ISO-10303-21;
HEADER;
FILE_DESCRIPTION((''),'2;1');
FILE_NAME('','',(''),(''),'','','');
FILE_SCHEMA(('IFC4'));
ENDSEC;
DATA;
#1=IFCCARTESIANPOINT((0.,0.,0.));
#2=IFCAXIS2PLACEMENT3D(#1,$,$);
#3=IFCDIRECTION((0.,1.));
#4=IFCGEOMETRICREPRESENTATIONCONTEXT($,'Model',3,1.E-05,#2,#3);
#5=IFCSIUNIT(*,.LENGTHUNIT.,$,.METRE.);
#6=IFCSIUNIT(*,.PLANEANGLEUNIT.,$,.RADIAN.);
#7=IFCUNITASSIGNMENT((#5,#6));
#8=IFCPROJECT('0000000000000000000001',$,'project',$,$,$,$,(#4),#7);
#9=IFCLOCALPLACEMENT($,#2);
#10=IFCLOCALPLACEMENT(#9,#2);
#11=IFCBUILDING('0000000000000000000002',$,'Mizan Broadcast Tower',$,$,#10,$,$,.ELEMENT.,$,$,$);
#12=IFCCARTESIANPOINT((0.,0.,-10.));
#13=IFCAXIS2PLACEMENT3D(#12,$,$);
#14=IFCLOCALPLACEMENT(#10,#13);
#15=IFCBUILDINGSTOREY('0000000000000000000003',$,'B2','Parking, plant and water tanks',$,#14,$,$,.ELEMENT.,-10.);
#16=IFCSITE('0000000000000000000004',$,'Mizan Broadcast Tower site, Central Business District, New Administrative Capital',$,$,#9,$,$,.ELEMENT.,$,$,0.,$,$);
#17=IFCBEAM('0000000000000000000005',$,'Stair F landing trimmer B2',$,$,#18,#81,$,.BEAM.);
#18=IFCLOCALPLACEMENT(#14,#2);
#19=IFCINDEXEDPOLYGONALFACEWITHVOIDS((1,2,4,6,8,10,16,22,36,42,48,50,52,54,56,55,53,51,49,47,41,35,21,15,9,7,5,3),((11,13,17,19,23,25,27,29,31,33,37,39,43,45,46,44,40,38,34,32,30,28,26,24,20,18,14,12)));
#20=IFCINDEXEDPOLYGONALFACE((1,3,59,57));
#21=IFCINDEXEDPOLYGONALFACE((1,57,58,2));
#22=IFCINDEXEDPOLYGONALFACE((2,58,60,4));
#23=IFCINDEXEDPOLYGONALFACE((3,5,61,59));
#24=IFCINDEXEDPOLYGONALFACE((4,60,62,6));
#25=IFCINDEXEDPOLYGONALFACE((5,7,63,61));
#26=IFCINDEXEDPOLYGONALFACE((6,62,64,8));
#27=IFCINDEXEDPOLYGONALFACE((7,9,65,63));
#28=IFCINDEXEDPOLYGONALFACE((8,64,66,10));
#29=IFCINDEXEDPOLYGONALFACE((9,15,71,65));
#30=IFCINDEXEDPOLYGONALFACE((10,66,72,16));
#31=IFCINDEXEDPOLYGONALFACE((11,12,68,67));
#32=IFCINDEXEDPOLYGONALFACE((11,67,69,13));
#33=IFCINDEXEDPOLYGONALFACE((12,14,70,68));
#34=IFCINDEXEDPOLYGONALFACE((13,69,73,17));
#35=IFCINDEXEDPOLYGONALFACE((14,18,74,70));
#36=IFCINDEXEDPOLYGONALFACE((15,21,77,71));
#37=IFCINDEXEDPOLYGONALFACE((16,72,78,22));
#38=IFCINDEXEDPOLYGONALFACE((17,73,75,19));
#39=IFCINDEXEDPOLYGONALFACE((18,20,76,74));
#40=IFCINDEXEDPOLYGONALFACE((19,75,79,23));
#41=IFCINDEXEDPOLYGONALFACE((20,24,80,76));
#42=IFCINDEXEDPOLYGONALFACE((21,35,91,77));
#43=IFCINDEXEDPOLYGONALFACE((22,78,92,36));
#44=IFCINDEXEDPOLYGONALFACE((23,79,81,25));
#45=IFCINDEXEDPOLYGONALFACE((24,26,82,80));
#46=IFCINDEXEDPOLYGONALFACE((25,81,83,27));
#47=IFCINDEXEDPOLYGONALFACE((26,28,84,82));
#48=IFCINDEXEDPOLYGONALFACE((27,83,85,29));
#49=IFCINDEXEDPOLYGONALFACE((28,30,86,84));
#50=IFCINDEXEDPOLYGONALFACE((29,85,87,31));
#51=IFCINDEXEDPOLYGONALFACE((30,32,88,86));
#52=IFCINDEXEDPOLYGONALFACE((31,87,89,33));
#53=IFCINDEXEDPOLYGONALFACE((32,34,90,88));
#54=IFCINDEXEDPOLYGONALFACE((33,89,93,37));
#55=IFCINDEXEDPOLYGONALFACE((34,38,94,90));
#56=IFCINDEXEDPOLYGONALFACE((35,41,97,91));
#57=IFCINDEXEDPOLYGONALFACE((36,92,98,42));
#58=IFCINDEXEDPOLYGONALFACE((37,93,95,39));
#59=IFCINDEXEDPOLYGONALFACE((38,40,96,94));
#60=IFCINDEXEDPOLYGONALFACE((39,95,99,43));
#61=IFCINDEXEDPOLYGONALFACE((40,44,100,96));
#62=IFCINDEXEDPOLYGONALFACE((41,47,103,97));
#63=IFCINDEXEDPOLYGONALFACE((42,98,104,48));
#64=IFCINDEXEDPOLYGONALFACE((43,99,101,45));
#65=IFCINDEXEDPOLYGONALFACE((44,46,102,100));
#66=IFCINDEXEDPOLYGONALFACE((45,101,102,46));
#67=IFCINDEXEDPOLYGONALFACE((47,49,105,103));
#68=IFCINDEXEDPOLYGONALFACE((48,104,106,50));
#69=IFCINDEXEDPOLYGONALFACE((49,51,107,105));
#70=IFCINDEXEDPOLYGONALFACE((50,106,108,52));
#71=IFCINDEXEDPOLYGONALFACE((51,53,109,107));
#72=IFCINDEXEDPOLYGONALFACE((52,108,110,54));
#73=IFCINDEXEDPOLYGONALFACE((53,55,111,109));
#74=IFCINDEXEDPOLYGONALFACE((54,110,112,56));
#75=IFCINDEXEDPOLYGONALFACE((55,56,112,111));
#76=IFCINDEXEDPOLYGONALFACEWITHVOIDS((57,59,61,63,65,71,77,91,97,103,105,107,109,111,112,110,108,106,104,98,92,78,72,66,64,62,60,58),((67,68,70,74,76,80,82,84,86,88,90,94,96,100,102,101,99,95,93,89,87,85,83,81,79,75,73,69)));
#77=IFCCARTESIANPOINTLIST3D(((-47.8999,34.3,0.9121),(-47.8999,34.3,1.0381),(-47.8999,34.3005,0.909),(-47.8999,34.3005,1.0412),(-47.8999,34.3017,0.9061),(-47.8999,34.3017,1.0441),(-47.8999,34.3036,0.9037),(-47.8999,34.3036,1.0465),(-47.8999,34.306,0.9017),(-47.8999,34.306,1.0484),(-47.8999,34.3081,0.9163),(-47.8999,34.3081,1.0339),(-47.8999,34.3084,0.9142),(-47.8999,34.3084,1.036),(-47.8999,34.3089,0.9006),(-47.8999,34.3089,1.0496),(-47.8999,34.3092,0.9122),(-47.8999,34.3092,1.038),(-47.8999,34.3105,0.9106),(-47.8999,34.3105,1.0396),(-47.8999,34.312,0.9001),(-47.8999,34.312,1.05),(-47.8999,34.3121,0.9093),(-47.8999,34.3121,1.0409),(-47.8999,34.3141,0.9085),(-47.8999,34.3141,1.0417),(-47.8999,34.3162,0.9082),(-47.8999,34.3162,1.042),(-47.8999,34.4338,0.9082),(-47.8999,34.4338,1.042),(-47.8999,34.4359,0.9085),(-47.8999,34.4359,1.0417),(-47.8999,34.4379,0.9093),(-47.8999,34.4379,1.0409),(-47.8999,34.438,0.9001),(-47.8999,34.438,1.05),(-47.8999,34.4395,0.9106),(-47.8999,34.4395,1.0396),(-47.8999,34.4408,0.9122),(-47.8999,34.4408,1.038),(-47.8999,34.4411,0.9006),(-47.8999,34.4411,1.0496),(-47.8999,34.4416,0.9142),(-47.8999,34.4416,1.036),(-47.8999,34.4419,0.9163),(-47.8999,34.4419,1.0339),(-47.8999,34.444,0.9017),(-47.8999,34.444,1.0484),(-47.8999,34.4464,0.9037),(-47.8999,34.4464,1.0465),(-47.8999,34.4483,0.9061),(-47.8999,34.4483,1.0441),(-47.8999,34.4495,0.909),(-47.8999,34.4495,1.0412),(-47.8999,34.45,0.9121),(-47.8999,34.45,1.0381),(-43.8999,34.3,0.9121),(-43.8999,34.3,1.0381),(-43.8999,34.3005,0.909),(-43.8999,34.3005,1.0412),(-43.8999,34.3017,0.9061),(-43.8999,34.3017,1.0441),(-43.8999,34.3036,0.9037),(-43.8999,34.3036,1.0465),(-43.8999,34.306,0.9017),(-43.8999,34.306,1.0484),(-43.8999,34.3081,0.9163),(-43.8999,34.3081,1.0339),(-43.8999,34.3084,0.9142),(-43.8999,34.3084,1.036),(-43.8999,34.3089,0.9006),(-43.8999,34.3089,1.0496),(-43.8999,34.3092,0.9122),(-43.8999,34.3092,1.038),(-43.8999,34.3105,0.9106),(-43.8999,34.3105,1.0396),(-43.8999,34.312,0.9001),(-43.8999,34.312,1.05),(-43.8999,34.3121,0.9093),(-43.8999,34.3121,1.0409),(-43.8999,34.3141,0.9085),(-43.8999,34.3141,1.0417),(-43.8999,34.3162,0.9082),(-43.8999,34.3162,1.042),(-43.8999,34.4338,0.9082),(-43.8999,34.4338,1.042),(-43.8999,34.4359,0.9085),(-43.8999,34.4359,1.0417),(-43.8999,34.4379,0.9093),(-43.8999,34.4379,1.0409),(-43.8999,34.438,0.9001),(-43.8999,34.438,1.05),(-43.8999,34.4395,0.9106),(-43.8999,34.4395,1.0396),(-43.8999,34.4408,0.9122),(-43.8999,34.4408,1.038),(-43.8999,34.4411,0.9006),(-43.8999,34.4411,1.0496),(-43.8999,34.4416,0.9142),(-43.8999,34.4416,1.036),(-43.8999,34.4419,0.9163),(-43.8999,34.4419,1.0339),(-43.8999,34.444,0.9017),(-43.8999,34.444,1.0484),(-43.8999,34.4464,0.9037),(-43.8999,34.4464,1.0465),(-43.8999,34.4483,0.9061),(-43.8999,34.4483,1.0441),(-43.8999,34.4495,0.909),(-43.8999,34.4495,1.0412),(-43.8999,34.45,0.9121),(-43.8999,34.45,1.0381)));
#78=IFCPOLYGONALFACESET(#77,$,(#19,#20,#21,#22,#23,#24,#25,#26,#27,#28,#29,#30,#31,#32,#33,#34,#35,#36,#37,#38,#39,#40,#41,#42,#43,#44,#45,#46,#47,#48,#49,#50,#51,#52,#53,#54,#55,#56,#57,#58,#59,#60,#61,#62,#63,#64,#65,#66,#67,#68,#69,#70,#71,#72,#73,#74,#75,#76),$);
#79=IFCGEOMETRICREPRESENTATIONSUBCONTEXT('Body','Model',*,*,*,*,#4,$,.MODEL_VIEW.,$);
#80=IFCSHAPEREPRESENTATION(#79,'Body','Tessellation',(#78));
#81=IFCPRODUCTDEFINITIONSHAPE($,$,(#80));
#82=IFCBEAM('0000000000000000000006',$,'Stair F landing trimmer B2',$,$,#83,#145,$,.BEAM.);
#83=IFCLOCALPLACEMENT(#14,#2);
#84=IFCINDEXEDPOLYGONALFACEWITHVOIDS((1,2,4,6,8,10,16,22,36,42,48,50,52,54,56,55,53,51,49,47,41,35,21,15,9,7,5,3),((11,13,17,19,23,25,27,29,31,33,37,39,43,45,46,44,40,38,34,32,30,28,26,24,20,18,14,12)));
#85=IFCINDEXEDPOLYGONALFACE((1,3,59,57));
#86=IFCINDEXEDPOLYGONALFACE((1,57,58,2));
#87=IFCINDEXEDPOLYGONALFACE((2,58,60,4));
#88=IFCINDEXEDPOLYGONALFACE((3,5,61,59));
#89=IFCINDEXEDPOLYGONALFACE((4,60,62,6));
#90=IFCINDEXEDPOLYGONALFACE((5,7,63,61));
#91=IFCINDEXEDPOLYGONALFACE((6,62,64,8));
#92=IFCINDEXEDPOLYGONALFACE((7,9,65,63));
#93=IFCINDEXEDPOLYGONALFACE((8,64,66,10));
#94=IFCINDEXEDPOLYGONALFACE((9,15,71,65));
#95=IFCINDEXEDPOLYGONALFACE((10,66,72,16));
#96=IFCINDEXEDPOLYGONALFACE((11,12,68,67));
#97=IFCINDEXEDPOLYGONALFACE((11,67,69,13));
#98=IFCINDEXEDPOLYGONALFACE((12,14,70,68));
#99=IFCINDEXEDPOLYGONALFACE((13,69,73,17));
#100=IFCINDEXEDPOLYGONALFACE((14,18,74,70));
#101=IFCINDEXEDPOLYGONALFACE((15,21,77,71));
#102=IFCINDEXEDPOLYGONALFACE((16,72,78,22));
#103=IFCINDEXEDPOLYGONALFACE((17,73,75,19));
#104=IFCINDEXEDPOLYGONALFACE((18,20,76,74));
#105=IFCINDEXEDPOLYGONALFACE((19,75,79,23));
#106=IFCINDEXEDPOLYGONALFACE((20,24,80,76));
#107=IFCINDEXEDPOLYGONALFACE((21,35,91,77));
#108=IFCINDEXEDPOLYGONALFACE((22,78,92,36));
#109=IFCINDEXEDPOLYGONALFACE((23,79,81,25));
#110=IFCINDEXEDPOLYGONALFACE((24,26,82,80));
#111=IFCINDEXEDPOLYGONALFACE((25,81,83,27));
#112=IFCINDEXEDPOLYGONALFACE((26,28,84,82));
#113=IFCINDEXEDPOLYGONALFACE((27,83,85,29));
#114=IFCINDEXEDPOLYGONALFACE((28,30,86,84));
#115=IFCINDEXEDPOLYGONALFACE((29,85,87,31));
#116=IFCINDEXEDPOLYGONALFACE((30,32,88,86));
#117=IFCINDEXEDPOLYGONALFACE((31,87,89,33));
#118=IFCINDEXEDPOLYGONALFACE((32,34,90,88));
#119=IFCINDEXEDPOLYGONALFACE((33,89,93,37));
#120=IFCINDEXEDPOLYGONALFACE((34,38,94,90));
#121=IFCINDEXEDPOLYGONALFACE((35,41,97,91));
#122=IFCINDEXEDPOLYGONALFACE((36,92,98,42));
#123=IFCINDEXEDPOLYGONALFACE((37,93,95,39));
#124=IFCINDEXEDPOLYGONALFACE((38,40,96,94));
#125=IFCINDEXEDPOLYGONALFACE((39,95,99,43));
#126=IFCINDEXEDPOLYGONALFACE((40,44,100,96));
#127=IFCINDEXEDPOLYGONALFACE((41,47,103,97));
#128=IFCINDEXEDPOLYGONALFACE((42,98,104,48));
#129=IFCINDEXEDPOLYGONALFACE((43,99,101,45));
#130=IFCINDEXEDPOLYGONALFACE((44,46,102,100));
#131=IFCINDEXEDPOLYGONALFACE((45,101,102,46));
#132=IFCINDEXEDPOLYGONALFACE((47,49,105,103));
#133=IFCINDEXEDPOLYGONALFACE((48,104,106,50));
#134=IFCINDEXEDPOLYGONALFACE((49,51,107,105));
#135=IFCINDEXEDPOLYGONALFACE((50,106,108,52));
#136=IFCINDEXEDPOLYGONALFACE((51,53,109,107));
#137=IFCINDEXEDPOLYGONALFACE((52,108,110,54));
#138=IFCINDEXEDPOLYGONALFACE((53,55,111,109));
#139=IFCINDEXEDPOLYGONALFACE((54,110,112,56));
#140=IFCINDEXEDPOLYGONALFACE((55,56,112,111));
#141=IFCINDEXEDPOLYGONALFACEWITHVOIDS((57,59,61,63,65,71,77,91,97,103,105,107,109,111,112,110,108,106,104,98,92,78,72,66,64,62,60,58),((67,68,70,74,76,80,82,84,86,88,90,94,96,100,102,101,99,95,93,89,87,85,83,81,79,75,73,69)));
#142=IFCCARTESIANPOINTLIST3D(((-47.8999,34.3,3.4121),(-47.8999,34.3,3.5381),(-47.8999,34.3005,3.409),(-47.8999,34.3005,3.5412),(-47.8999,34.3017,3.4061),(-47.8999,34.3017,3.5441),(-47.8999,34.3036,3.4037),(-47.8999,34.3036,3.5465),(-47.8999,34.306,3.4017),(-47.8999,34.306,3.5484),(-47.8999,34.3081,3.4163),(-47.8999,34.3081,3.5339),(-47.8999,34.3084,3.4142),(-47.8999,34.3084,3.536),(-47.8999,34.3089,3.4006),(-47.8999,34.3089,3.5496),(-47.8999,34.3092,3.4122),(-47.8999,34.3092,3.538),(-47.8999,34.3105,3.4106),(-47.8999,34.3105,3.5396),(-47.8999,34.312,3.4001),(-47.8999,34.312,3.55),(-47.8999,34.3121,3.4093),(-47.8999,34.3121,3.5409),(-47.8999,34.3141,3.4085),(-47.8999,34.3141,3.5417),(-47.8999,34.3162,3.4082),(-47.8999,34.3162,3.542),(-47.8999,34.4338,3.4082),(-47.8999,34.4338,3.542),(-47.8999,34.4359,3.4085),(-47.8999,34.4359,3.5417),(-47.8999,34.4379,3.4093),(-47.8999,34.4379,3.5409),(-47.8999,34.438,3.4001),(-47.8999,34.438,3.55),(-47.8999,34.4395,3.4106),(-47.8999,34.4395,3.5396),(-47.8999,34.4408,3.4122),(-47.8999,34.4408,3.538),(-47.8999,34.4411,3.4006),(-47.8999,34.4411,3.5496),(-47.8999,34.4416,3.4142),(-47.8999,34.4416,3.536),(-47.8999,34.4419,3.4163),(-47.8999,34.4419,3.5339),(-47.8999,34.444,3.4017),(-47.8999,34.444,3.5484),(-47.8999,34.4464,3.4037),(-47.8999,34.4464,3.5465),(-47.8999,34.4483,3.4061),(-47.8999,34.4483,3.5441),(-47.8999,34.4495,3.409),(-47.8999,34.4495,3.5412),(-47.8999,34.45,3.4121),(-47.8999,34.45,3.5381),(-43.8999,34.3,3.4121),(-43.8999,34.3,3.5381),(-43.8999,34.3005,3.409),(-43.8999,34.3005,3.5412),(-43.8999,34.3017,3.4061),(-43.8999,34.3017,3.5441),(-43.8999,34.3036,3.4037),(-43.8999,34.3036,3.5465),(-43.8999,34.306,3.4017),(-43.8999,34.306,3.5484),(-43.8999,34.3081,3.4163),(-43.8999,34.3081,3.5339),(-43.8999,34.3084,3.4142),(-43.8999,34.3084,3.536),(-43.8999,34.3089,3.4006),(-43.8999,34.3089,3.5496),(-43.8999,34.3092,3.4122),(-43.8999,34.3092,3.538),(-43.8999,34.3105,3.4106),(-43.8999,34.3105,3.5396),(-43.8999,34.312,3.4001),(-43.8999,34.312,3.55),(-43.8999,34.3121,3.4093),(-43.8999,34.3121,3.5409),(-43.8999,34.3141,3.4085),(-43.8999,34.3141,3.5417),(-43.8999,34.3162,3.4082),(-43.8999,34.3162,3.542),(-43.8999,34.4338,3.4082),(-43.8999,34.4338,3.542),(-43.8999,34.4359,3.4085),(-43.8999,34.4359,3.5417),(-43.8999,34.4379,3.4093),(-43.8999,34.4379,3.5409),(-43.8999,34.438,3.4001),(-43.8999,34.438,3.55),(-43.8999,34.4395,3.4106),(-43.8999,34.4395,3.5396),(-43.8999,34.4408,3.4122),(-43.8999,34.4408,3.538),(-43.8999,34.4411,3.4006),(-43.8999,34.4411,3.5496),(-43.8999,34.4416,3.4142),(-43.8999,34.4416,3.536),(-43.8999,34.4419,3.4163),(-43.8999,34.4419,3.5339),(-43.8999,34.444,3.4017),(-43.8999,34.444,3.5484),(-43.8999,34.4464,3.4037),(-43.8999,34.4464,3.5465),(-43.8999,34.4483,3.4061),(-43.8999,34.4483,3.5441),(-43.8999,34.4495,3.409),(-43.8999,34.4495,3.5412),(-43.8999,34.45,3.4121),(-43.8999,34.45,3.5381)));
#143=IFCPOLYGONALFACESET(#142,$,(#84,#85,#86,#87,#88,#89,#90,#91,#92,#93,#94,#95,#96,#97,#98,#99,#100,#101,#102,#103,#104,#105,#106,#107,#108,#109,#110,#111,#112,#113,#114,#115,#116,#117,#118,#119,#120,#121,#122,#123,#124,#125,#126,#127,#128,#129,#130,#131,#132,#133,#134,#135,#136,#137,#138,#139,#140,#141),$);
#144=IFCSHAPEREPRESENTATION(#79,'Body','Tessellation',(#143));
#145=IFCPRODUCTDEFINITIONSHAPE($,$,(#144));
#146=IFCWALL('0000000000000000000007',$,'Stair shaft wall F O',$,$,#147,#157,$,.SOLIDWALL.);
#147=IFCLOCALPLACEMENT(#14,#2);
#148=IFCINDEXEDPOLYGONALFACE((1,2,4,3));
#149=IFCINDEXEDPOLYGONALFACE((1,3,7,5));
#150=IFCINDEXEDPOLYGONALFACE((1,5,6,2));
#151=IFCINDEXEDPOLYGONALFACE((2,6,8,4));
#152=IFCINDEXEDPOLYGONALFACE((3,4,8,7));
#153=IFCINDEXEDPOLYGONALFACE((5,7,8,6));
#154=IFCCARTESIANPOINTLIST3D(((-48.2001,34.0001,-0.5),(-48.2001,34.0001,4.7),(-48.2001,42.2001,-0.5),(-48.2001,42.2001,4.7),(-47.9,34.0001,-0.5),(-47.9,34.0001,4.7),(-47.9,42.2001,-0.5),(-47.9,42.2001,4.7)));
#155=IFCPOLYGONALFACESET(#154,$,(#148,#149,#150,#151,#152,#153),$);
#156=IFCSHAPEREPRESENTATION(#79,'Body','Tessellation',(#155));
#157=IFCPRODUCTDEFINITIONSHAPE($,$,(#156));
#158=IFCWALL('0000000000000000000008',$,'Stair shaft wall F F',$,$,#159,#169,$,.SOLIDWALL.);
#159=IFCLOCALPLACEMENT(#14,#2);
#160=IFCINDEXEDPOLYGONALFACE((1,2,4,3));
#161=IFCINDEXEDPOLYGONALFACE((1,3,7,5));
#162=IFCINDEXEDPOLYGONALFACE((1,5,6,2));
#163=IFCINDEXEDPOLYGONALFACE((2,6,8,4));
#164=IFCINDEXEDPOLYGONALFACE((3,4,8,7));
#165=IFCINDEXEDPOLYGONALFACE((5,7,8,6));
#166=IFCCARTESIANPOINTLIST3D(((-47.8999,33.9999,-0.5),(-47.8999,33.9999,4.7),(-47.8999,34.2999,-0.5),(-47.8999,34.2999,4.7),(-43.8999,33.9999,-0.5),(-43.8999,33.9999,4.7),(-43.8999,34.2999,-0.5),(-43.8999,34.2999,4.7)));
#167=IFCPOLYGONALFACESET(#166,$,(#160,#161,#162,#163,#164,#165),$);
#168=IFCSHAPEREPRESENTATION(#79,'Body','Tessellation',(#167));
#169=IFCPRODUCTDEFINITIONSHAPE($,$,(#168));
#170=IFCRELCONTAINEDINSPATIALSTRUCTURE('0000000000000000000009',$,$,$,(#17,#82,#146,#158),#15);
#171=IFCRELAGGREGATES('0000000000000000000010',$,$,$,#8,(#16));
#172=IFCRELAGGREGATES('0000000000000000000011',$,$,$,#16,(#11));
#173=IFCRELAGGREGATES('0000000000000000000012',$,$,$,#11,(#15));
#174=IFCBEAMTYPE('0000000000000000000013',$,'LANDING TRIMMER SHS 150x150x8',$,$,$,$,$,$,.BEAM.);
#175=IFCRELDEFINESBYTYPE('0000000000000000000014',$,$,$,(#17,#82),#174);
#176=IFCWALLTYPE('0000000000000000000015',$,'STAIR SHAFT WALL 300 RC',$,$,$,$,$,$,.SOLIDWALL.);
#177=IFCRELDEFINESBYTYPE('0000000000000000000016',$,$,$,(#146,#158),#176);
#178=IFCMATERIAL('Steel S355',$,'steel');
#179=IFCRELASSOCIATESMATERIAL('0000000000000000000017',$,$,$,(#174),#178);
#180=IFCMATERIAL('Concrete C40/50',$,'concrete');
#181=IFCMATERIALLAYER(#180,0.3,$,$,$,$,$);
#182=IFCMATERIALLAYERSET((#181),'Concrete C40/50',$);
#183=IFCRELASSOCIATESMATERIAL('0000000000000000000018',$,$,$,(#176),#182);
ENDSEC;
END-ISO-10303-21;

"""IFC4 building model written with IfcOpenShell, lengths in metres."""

from ifc_helpers import new_model, si_unit, direction, frame, frame_2d, origin, origin_2d, place, context, subcontext, project, spatial, rectangle, hollow_rectangle, extrude, material, layer, layer_set, material_profile, profile_set, type_object, element, save


model = new_model("IFC4")

# Units and contexts
model_context = context("Model", 3, precision=1e-05, world=origin(), true_north=direction((0.0, 1.0)))
body_context = subcontext(model_context, "Body", "Model", "MODEL_VIEW")
ifc_project = project(units=[si_unit("LENGTHUNIT", "METRE"), si_unit("PLANEANGLEUNIT", "RADIAN")], contexts=[model_context])

# Site, building, storey
site_placement = place(None, origin())
site = spatial("IfcSite", under=ifc_project, at=site_placement, Name="Mizan Broadcast Tower site, Central Business District, New Administrative Capital", CompositionType="ELEMENT", RefElevation=0.0)
building_placement = place(site_placement, origin())
building = spatial("IfcBuilding", under=site, at=building_placement, Name="Mizan Broadcast Tower", CompositionType="ELEMENT")
storey_placement = place(building_placement, frame((0.0, 0.0, -10.0)))
storey = spatial("IfcBuildingStorey", under=building, at=storey_placement, Name="B2", Description="Parking, plant and water tanks", CompositionType="ELEMENT", Elevation=-10.0)

# Beams
ifc_material_1 = material(Name="Steel S355", Category="steel")
ifc_material_profile_1 = material_profile(ifc_material_1, hollow_rectangle(XDim=0.1499, YDim=0.1499, WallThickness=0.0081, InnerFilletRadius=0.0081, OuterFilletRadius=0.012, at=origin_2d()), Name="SHS 150x150x8")
ifc_profile_set_1 = profile_set([ifc_material_profile_1], Name="Steel S355")
beam_type = type_object("IfcBeamType", Name="LANDING TRIMMER SHS 150x150x8", PredefinedType="BEAM", material=ifc_profile_set_1)
for number, where, z_axis, x_axis, name in (
    (1, (-43.8999, 34.375, 0.9751), (-1.0, 0.0, 0.0), (0.0, -1.0, 0.0), "Stair F landing trimmer B2"),
    (2, (-43.8999, 34.375, 3.4751), (-1.0, 0.0, 0.0), (0.0, -1.0, 0.0), "Stair F landing trimmer B2"),
):
    element("IfcBeam", number, at=place(storey_placement, frame(where, z_axis=z_axis, x_axis=x_axis)), inside=storey, type_object=beam_type, Name=name, PredefinedType="BEAM", context=body_context, shape_type="SweptSolid", body=[
        extrude(hollow_rectangle(XDim=0.1499, YDim=0.1499, WallThickness=0.0081, InnerFilletRadius=0.0081, OuterFilletRadius=0.012, at=origin_2d()), origin(), (0.0, 0.0, 1.0), 4.0),
    ])

# Walls
ifc_material_2 = material(Name="Concrete C40/50", Category="concrete")
ifc_layer_1 = layer(ifc_material_2, 0.3)
ifc_layer_set_1 = layer_set([ifc_layer_1], Name="Concrete C40/50")
wall_type = type_object("IfcWallType", Name="STAIR SHAFT WALL 300 RC", PredefinedType="SOLIDWALL", material=ifc_layer_set_1)
wall_1_placement = place(storey_placement, frame((-48.05, 34.0, -0.5), z_axis=(0.0, 0.0, 1.0), x_axis=(0.0, 1.0, 0.0)))
element("IfcWall", 3, at=wall_1_placement, inside=storey, type_object=wall_type, Name="Stair shaft wall F O", PredefinedType="SOLIDWALL", context=body_context, shape_type="SweptSolid", body=[
    extrude(rectangle(XDim=8.2, YDim=0.3, at=frame_2d((4.1001, 0.0))), origin(), (0.0, 0.0, 1.0), 5.2),
])
wall_2_placement = place(storey_placement, frame((-47.8999, 34.1499, -0.5), z_axis=(0.0, 0.0, 1.0), x_axis=(1.0, 0.0, 0.0)))
element("IfcWall", 4, at=wall_2_placement, inside=storey, type_object=wall_type, Name="Stair shaft wall F F", PredefinedType="SOLIDWALL", context=body_context, shape_type="SweptSolid", body=[
    extrude(rectangle(XDim=4.0, YDim=0.3, at=frame_2d((2.0, 0.0))), origin(), (0.0, 0.0, 1.0), 5.2),
])

save(model, "model.ifc")
